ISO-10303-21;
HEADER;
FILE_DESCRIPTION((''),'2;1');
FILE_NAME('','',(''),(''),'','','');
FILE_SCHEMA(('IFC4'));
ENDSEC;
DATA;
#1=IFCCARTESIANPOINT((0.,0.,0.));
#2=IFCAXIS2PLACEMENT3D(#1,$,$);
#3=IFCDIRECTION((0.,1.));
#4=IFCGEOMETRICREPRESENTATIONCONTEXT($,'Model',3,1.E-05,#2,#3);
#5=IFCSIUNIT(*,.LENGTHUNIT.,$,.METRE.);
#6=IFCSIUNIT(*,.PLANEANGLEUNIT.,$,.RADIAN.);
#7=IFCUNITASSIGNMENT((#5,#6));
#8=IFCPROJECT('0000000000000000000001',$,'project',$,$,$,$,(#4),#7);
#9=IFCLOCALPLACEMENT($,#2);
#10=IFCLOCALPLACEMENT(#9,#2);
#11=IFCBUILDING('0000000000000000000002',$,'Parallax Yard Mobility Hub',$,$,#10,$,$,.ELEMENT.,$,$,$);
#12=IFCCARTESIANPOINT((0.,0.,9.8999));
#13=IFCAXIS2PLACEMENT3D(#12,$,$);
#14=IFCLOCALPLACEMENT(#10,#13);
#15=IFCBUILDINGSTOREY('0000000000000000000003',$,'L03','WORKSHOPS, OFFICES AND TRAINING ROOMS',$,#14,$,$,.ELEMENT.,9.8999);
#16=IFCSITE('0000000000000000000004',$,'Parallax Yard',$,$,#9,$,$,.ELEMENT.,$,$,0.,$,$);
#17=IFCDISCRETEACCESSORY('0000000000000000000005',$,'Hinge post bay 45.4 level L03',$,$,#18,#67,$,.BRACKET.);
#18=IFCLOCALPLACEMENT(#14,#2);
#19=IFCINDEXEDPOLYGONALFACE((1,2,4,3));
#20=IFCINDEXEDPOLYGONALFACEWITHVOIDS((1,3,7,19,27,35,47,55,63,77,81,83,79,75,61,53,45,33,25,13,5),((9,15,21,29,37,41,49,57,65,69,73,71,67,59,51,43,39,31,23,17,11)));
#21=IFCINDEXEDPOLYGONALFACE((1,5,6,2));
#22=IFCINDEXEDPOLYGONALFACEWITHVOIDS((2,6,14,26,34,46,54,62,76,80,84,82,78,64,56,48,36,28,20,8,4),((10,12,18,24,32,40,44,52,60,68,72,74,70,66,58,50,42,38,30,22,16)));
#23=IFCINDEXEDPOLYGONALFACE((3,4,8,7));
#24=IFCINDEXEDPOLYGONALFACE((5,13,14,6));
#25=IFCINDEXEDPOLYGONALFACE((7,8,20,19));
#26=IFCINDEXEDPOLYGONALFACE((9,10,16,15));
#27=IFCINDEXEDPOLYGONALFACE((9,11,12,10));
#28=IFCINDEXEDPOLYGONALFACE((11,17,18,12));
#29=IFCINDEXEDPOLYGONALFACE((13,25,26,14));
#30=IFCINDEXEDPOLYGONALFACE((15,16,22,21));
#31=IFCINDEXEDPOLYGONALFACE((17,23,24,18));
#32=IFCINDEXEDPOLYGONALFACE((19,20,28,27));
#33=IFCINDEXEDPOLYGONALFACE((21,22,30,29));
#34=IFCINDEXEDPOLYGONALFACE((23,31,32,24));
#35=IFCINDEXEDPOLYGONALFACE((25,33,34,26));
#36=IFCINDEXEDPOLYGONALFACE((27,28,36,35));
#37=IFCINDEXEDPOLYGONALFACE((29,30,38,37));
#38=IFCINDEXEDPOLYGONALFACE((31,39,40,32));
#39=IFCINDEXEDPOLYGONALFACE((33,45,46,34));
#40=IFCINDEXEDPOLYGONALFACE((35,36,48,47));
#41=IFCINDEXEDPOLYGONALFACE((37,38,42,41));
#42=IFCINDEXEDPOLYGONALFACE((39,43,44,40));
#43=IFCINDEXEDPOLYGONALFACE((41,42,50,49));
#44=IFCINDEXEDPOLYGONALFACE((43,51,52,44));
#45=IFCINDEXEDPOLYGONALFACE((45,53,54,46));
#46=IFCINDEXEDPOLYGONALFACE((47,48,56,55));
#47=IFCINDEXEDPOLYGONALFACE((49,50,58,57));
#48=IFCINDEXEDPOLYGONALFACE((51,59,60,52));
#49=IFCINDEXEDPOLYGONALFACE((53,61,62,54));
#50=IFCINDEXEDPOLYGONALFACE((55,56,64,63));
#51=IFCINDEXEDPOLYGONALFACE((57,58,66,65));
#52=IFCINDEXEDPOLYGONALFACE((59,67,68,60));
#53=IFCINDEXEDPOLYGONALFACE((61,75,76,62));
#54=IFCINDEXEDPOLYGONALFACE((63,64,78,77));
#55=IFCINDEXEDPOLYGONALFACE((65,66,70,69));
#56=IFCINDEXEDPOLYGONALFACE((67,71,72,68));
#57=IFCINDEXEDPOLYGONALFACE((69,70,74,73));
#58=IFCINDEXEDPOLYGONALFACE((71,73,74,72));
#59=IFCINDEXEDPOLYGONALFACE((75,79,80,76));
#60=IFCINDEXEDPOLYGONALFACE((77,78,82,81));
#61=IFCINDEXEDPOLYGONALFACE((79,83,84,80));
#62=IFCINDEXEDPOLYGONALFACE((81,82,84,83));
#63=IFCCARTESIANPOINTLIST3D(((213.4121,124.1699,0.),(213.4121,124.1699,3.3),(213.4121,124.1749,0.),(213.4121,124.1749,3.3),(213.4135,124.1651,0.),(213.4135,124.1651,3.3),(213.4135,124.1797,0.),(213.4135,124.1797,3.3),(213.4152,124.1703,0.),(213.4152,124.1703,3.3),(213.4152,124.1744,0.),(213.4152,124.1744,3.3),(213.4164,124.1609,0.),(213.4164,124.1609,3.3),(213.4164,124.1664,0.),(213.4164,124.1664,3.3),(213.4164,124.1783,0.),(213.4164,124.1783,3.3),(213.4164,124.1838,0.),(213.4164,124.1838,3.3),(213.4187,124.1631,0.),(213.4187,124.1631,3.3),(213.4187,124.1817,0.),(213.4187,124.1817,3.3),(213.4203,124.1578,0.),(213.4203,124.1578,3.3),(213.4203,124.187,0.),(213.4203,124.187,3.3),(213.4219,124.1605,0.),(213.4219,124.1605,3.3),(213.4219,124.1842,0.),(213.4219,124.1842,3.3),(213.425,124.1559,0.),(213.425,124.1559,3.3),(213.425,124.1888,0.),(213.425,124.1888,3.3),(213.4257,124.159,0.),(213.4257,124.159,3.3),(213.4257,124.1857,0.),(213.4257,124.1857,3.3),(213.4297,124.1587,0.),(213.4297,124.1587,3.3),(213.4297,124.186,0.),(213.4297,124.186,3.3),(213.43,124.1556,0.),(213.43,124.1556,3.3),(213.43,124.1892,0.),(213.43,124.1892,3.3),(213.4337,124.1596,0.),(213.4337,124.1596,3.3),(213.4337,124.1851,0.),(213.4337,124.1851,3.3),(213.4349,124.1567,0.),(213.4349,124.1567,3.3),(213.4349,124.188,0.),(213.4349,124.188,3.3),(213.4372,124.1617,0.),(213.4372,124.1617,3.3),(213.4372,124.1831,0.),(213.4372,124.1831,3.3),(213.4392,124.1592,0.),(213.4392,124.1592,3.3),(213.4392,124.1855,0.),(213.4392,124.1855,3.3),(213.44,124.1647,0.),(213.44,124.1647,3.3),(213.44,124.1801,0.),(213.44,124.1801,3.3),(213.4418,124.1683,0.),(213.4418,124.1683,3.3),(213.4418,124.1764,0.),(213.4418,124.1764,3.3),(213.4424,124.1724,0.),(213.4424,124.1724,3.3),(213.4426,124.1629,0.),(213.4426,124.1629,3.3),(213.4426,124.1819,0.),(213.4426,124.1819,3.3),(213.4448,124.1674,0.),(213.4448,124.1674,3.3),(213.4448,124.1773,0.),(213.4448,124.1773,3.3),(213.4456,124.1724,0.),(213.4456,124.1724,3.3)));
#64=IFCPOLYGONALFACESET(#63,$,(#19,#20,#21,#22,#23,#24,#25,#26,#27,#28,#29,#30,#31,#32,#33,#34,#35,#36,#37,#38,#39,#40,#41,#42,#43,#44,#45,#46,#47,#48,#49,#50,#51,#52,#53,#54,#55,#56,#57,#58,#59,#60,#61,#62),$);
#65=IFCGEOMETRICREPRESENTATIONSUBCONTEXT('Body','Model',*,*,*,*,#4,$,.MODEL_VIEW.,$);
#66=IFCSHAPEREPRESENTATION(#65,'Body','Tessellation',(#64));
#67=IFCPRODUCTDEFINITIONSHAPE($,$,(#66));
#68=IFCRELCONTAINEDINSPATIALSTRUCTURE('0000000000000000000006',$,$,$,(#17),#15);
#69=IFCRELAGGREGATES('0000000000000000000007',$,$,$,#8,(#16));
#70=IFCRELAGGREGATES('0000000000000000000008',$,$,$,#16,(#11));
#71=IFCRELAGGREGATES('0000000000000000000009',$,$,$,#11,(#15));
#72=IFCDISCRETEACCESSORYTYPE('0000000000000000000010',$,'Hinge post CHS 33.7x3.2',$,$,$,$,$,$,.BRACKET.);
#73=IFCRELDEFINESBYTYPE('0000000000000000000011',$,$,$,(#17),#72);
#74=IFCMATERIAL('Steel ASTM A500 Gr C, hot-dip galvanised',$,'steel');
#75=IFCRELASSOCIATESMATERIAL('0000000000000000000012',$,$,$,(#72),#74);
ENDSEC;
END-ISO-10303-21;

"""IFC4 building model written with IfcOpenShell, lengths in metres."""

from ifc_helpers import new_model, si_unit, direction, frame, origin, origin_2d, place, context, subcontext, project, spatial, hollow_circle, extrude, material, material_profile, profile_set, type_object, element, save


model = new_model("IFC4")

# Units and contexts
model_context = context("Model", 3, precision=1e-05, world=origin(), true_north=direction((0.0, 1.0)))
body_context = subcontext(model_context, "Body", "Model", "MODEL_VIEW")
ifc_project = project(units=[si_unit("LENGTHUNIT", "METRE"), si_unit("PLANEANGLEUNIT", "RADIAN")], contexts=[model_context])

# Site, building, storey
site_placement = place(None, origin())
site = spatial("IfcSite", under=ifc_project, at=site_placement, Name="Parallax Yard", CompositionType="ELEMENT", RefElevation=0.0)
building_placement = place(site_placement, origin())
building = spatial("IfcBuilding", under=site, at=building_placement, Name="Parallax Yard Mobility Hub", CompositionType="ELEMENT")
storey_placement = place(building_placement, frame((0.0, 0.0, 9.8999)))
storey = spatial("IfcBuildingStorey", under=building, at=storey_placement, Name="L03", Description="WORKSHOPS, OFFICES AND TRAINING ROOMS", CompositionType="ELEMENT", Elevation=9.8999)

# Discrete accessory
ifc_material_1 = material(Name="Steel ASTM A500 Gr C, hot-dip galvanised", Category="steel")
ifc_material_profile_1 = material_profile(ifc_material_1, hollow_circle(Radius=0.0168, WallThickness=0.0032, at=origin_2d()), Name="CHS 33.7x3.2")
ifc_profile_set_1 = profile_set([ifc_material_profile_1], Name="Steel ASTM A500 Gr C, hot-dip galvanised")
discrete_accessory_type_1 = type_object("IfcDiscreteAccessoryType", Name="Hinge post CHS 33.7x3.2", PredefinedType="BRACKET", material=ifc_profile_set_1)
for number, where, z_axis, x_axis, name in (
    (1, (213.4287, 124.1724, 0.0), (0.0, 0.0, 1.0), (1.0, 0.0, 0.0), "Hinge post bay 45.4 level L03"),
):
    element("IfcDiscreteAccessory", number, at=place(storey_placement, frame(where, z_axis=z_axis, x_axis=x_axis)), inside=storey, type_object=discrete_accessory_type_1, Name=name, PredefinedType="BRACKET", context=body_context, shape_type="SweptSolid", body=[
        extrude(hollow_circle(Radius=0.0168, WallThickness=0.0032, at=origin_2d()), origin(), (0.0, 0.0, 1.0), 3.3),
    ])

save(model, "model.ifc")
